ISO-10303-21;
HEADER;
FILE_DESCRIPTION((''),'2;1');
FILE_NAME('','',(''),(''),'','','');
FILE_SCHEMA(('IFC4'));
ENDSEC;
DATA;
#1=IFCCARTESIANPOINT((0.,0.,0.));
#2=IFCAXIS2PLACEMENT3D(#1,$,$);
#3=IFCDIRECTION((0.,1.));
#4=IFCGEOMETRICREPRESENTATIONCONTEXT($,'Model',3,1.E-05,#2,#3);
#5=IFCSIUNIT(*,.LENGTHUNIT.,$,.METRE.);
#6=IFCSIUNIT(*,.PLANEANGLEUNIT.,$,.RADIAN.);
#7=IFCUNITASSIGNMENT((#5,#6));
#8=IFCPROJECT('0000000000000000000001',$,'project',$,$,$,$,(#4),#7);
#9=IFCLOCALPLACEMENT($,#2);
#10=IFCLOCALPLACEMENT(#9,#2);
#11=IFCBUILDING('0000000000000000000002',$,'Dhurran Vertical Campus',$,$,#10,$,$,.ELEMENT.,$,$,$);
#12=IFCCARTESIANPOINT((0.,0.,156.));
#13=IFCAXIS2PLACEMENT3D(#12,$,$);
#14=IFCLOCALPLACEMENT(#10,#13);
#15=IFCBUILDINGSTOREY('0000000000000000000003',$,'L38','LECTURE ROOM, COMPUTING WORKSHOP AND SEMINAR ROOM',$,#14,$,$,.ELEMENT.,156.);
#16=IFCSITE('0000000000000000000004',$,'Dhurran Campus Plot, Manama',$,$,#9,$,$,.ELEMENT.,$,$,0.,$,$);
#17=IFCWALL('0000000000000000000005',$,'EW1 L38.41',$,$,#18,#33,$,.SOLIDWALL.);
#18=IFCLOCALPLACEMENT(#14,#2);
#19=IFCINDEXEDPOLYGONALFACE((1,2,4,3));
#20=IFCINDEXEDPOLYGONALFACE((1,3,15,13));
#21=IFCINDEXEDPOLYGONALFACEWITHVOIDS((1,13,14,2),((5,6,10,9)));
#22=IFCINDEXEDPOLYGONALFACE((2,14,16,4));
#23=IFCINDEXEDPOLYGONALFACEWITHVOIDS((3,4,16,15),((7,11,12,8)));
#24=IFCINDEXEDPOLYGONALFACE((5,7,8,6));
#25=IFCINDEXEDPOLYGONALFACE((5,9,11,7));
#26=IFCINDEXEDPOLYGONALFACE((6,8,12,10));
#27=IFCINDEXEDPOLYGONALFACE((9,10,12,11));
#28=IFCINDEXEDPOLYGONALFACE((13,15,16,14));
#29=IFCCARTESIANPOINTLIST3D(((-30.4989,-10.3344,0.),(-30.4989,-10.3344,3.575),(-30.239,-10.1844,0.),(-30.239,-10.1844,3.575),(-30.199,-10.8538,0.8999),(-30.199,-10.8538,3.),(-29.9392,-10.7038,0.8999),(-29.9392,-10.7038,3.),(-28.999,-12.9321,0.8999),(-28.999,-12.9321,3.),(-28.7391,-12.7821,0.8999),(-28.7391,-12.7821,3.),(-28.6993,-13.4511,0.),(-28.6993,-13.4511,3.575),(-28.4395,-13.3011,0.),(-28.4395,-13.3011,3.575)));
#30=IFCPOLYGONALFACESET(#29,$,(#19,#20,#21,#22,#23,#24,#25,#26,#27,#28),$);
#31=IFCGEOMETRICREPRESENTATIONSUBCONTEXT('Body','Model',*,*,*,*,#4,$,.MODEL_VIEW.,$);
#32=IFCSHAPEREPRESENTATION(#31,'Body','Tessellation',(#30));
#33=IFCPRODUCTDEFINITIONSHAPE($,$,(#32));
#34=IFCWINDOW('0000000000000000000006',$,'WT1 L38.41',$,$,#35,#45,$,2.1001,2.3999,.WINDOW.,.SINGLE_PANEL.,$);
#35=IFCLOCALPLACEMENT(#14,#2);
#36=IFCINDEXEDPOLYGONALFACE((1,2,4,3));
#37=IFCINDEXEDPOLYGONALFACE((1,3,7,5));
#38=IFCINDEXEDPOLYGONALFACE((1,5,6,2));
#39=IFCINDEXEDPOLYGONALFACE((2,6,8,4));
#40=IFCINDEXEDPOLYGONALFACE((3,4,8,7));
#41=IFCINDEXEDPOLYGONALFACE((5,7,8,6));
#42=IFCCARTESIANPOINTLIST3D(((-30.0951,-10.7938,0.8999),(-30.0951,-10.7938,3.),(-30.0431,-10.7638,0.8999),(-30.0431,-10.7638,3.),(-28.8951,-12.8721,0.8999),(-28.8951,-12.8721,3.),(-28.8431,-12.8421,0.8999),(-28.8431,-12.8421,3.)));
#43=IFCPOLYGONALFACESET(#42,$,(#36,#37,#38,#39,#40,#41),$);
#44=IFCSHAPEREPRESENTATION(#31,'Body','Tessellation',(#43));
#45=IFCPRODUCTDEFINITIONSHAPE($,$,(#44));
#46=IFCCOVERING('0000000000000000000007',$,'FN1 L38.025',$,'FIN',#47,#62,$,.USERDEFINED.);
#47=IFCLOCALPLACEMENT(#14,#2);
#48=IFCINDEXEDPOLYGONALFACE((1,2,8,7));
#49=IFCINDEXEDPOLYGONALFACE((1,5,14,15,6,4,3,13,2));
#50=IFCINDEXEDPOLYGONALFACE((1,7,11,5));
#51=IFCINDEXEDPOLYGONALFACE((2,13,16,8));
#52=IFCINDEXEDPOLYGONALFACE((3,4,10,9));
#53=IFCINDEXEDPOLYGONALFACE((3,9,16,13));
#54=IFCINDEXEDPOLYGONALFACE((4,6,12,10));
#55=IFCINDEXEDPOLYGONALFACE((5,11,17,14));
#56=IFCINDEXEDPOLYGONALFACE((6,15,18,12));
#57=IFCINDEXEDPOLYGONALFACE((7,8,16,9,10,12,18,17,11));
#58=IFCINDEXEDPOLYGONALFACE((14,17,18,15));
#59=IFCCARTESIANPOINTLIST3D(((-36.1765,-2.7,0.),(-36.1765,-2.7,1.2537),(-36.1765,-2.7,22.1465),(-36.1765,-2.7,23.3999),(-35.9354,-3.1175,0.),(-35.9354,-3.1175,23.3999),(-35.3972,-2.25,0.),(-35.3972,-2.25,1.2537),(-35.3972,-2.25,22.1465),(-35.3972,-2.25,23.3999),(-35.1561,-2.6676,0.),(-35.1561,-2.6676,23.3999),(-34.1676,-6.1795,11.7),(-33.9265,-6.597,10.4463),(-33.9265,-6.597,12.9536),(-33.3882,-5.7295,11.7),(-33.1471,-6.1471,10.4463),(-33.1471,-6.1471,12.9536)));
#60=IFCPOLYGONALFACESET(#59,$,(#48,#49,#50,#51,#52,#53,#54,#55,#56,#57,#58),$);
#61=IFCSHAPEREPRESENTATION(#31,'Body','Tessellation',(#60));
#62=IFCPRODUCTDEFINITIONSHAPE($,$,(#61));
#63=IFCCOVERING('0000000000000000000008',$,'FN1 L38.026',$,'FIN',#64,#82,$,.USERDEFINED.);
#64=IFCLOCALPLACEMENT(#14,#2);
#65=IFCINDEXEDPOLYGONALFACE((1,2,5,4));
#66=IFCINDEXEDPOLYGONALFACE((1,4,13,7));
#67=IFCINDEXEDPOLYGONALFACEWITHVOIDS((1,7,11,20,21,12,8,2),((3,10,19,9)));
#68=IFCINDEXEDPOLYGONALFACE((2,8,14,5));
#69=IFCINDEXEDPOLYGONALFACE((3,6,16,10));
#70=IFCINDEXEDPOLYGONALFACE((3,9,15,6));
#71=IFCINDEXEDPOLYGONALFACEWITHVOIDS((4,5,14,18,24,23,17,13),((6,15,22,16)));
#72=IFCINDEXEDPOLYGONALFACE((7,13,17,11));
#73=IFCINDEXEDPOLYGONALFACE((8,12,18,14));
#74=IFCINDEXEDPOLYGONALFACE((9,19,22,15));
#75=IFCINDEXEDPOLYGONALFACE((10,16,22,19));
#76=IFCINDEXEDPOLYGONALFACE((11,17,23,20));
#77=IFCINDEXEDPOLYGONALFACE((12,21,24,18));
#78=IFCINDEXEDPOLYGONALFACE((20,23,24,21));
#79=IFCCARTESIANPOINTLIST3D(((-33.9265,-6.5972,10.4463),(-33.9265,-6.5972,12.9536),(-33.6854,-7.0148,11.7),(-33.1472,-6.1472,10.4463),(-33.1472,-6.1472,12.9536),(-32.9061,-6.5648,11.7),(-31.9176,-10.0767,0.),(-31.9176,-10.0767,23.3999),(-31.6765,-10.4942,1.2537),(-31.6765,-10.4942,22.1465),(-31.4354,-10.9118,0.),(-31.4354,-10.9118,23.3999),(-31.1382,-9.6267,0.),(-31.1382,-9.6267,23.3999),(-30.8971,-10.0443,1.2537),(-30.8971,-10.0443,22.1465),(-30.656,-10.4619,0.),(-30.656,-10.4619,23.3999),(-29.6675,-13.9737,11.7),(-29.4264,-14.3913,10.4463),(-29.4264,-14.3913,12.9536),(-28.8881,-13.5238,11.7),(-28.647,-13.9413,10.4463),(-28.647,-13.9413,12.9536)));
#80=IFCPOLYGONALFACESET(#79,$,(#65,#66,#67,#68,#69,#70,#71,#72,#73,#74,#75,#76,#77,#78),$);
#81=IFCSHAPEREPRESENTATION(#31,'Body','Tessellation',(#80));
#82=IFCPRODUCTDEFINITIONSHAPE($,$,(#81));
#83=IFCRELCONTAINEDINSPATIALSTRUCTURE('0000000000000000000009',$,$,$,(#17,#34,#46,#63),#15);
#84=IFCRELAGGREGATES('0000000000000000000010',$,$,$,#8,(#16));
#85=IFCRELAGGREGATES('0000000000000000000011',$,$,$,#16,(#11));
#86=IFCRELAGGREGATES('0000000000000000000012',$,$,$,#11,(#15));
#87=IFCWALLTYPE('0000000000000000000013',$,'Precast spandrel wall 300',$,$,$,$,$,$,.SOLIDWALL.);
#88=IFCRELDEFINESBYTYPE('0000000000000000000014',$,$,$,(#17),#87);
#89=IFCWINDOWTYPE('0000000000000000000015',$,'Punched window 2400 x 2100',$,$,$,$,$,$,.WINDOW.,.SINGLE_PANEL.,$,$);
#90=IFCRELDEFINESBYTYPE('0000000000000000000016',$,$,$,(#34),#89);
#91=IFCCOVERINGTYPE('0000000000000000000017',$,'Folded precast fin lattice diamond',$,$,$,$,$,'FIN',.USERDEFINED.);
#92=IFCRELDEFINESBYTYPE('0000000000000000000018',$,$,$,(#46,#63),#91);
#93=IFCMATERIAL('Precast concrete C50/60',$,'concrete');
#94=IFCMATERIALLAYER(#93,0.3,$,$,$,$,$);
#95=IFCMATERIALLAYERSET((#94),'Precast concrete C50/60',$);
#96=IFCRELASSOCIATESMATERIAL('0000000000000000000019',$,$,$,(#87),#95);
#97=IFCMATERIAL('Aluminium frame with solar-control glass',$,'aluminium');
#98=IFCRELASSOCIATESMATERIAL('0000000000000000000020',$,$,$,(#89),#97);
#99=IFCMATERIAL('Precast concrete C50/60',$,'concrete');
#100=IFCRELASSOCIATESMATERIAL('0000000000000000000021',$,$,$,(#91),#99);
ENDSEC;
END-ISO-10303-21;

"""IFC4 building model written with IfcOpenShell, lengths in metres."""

from ifc_helpers import new_model, si_unit, direction, frame, frame_2d, origin, place, context, subcontext, project, spatial, polyline, rectangle, outline, extrude, material, layer, layer_set, type_object, element, fill, save


model = new_model("IFC4")

# Units and contexts
model_context = context("Model", 3, precision=1e-05, world=origin(), true_north=direction((0.0, 1.0)))
body_context = subcontext(model_context, "Body", "Model", "MODEL_VIEW")
ifc_project = project(units=[si_unit("LENGTHUNIT", "METRE"), si_unit("PLANEANGLEUNIT", "RADIAN")], contexts=[model_context])

# Site, building, storey
site_placement = place(None, origin())
site = spatial("IfcSite", under=ifc_project, at=site_placement, Name="Dhurran Campus Plot, Manama", CompositionType="ELEMENT", RefElevation=0.0)
building_placement = place(site_placement, origin())
building = spatial("IfcBuilding", under=site, at=building_placement, Name="Dhurran Vertical Campus", CompositionType="ELEMENT")
storey_placement = place(building_placement, frame((0.0, 0.0, 156.0)))
storey = spatial("IfcBuildingStorey", under=building, at=storey_placement, Name="L38", Description="LECTURE ROOM, COMPUTING WORKSHOP AND SEMINAR ROOM", CompositionType="ELEMENT", Elevation=156.0)

# Wall, opening, window
ifc_material_1 = material(Name="Precast concrete C50/60", Category="concrete")
ifc_layer = layer(ifc_material_1, 0.3)
ifc_layer_set = layer_set([ifc_layer], Name="Precast concrete C50/60")
wall_type = type_object("IfcWallType", Name="Precast spandrel wall 300", PredefinedType="SOLIDWALL", material=ifc_layer_set)
ifc_material_2 = material(Name="Aluminium frame with solar-control glass", Category="aluminium")
window_type = type_object("IfcWindowType", Name="Punched window 2400 x 2100", PartitioningType="SINGLE_PANEL", PredefinedType="WINDOW", material=ifc_material_2)
wall_1_placement = place(storey_placement, frame((-30.3689, -10.2595, 0.0), z_axis=(0.0, 0.0, 1.0), x_axis=(0.500028, -0.866009, 0.0)))
wall_1 = element("IfcWall", 1, at=wall_1_placement, inside=storey, type_object=wall_type, Name="EW1 L38.41", PredefinedType="SOLIDWALL", context=body_context, shape_type="SweptSolid", body=[
    extrude(rectangle(XDim=3.5989, YDim=0.3, at=frame_2d((1.7993, 0.0))), origin(), (0.0, 0.0, 1.0), 3.575),
])
opening_1_placement = place(wall_1_placement, frame((0.5996, 0.0, 0.8999)))
opening_1 = element("IfcOpeningElement", 2, at=opening_1_placement, cuts=wall_1, PredefinedType="OPENING", context=body_context, shape_type="SweptSolid", body=[
    extrude(rectangle(XDim=2.3999, YDim=2.1001, at=frame_2d((1.2, 1.05))), frame((0.0, 0.1599, 0.0), z_axis=(0.0, -1.0, 0.0), x_axis=(1.0, 0.0, 0.0)), (0.0, 0.0, 1.0), 0.3201),
])
window_1_placement = place(opening_1_placement, origin())
window_1 = element("IfcWindow", 3, at=window_1_placement, inside=storey, type_object=window_type, Name="WT1 L38.41", OverallHeight=2.1001, OverallWidth=2.3999, PartitioningType="SINGLE_PANEL", PredefinedType="WINDOW", context=body_context, shape_type="SweptSolid", body=[
    extrude(rectangle(XDim=2.3999, YDim=2.1001, at=frame_2d((1.2, 1.05))), frame((0.0, 0.03, 0.0), z_axis=(0.0, -1.0, 0.0), x_axis=(1.0, 0.0, 0.0)), (0.0, 0.0, 1.0), 0.0601),
])
fill(opening_1, window_1)

# Coverings
ifc_material_3 = material(Name="Precast concrete C50/60", Category="concrete")
covering_type = type_object("IfcCoveringType", Name="Folded precast fin lattice diamond", ElementType="FIN", PredefinedType="USERDEFINED", material=ifc_material_3)
covering_1_placement = place(storey_placement, frame((-35.3972, -2.25, 0.0), z_axis=(-0.866014, -0.50002, 0.0), x_axis=(0.50002, -0.866014, 0.0)))
element("IfcCovering", 4, at=covering_1_placement, inside=storey, type_object=covering_type, Name="FN1 L38.025", ObjectType="FIN", PredefinedType="USERDEFINED", context=body_context, shape_type="SweptSolid", body=[
    extrude(outline(polyline([(4.5, 10.4463), (0.4822, 0.0), (0.0, 0.0), (0.0, 1.2537), (4.0178, 11.7), (0.0, 22.1465), (0.0, 23.3999), (0.4822, 23.3999), (4.5, 12.9536), (4.5, 10.4463)])), origin(), (0.0, 0.0, 1.0), 0.8999),
])
covering_2_placement = place(storey_placement, frame((-33.1472, -6.1472, 0.0), z_axis=(-0.866014, -0.50002, 0.0), x_axis=(0.50002, -0.866014, 0.0)))
element("IfcCovering", 5, at=covering_2_placement, inside=storey, type_object=covering_type, Name="FN1 L38.026", ObjectType="FIN", PredefinedType="USERDEFINED", context=body_context, shape_type="SweptSolid", body=[
    extrude(outline(polyline([(9.0, 12.9536), (9.0, 10.4463), (4.9822, 0.0), (4.0178, 0.0), (0.0, 10.4463), (0.0, 12.9536), (4.0178, 23.3999), (4.9822, 23.3999), (9.0, 12.9536)]), holes=[polyline([(8.5178, 11.7), (4.5, 22.1465), (0.4822, 11.7), (4.5, 1.2537), (8.5178, 11.7)])]), origin(), (0.0, 0.0, 1.0), 0.8999),
])

save(model, "model.ifc")
